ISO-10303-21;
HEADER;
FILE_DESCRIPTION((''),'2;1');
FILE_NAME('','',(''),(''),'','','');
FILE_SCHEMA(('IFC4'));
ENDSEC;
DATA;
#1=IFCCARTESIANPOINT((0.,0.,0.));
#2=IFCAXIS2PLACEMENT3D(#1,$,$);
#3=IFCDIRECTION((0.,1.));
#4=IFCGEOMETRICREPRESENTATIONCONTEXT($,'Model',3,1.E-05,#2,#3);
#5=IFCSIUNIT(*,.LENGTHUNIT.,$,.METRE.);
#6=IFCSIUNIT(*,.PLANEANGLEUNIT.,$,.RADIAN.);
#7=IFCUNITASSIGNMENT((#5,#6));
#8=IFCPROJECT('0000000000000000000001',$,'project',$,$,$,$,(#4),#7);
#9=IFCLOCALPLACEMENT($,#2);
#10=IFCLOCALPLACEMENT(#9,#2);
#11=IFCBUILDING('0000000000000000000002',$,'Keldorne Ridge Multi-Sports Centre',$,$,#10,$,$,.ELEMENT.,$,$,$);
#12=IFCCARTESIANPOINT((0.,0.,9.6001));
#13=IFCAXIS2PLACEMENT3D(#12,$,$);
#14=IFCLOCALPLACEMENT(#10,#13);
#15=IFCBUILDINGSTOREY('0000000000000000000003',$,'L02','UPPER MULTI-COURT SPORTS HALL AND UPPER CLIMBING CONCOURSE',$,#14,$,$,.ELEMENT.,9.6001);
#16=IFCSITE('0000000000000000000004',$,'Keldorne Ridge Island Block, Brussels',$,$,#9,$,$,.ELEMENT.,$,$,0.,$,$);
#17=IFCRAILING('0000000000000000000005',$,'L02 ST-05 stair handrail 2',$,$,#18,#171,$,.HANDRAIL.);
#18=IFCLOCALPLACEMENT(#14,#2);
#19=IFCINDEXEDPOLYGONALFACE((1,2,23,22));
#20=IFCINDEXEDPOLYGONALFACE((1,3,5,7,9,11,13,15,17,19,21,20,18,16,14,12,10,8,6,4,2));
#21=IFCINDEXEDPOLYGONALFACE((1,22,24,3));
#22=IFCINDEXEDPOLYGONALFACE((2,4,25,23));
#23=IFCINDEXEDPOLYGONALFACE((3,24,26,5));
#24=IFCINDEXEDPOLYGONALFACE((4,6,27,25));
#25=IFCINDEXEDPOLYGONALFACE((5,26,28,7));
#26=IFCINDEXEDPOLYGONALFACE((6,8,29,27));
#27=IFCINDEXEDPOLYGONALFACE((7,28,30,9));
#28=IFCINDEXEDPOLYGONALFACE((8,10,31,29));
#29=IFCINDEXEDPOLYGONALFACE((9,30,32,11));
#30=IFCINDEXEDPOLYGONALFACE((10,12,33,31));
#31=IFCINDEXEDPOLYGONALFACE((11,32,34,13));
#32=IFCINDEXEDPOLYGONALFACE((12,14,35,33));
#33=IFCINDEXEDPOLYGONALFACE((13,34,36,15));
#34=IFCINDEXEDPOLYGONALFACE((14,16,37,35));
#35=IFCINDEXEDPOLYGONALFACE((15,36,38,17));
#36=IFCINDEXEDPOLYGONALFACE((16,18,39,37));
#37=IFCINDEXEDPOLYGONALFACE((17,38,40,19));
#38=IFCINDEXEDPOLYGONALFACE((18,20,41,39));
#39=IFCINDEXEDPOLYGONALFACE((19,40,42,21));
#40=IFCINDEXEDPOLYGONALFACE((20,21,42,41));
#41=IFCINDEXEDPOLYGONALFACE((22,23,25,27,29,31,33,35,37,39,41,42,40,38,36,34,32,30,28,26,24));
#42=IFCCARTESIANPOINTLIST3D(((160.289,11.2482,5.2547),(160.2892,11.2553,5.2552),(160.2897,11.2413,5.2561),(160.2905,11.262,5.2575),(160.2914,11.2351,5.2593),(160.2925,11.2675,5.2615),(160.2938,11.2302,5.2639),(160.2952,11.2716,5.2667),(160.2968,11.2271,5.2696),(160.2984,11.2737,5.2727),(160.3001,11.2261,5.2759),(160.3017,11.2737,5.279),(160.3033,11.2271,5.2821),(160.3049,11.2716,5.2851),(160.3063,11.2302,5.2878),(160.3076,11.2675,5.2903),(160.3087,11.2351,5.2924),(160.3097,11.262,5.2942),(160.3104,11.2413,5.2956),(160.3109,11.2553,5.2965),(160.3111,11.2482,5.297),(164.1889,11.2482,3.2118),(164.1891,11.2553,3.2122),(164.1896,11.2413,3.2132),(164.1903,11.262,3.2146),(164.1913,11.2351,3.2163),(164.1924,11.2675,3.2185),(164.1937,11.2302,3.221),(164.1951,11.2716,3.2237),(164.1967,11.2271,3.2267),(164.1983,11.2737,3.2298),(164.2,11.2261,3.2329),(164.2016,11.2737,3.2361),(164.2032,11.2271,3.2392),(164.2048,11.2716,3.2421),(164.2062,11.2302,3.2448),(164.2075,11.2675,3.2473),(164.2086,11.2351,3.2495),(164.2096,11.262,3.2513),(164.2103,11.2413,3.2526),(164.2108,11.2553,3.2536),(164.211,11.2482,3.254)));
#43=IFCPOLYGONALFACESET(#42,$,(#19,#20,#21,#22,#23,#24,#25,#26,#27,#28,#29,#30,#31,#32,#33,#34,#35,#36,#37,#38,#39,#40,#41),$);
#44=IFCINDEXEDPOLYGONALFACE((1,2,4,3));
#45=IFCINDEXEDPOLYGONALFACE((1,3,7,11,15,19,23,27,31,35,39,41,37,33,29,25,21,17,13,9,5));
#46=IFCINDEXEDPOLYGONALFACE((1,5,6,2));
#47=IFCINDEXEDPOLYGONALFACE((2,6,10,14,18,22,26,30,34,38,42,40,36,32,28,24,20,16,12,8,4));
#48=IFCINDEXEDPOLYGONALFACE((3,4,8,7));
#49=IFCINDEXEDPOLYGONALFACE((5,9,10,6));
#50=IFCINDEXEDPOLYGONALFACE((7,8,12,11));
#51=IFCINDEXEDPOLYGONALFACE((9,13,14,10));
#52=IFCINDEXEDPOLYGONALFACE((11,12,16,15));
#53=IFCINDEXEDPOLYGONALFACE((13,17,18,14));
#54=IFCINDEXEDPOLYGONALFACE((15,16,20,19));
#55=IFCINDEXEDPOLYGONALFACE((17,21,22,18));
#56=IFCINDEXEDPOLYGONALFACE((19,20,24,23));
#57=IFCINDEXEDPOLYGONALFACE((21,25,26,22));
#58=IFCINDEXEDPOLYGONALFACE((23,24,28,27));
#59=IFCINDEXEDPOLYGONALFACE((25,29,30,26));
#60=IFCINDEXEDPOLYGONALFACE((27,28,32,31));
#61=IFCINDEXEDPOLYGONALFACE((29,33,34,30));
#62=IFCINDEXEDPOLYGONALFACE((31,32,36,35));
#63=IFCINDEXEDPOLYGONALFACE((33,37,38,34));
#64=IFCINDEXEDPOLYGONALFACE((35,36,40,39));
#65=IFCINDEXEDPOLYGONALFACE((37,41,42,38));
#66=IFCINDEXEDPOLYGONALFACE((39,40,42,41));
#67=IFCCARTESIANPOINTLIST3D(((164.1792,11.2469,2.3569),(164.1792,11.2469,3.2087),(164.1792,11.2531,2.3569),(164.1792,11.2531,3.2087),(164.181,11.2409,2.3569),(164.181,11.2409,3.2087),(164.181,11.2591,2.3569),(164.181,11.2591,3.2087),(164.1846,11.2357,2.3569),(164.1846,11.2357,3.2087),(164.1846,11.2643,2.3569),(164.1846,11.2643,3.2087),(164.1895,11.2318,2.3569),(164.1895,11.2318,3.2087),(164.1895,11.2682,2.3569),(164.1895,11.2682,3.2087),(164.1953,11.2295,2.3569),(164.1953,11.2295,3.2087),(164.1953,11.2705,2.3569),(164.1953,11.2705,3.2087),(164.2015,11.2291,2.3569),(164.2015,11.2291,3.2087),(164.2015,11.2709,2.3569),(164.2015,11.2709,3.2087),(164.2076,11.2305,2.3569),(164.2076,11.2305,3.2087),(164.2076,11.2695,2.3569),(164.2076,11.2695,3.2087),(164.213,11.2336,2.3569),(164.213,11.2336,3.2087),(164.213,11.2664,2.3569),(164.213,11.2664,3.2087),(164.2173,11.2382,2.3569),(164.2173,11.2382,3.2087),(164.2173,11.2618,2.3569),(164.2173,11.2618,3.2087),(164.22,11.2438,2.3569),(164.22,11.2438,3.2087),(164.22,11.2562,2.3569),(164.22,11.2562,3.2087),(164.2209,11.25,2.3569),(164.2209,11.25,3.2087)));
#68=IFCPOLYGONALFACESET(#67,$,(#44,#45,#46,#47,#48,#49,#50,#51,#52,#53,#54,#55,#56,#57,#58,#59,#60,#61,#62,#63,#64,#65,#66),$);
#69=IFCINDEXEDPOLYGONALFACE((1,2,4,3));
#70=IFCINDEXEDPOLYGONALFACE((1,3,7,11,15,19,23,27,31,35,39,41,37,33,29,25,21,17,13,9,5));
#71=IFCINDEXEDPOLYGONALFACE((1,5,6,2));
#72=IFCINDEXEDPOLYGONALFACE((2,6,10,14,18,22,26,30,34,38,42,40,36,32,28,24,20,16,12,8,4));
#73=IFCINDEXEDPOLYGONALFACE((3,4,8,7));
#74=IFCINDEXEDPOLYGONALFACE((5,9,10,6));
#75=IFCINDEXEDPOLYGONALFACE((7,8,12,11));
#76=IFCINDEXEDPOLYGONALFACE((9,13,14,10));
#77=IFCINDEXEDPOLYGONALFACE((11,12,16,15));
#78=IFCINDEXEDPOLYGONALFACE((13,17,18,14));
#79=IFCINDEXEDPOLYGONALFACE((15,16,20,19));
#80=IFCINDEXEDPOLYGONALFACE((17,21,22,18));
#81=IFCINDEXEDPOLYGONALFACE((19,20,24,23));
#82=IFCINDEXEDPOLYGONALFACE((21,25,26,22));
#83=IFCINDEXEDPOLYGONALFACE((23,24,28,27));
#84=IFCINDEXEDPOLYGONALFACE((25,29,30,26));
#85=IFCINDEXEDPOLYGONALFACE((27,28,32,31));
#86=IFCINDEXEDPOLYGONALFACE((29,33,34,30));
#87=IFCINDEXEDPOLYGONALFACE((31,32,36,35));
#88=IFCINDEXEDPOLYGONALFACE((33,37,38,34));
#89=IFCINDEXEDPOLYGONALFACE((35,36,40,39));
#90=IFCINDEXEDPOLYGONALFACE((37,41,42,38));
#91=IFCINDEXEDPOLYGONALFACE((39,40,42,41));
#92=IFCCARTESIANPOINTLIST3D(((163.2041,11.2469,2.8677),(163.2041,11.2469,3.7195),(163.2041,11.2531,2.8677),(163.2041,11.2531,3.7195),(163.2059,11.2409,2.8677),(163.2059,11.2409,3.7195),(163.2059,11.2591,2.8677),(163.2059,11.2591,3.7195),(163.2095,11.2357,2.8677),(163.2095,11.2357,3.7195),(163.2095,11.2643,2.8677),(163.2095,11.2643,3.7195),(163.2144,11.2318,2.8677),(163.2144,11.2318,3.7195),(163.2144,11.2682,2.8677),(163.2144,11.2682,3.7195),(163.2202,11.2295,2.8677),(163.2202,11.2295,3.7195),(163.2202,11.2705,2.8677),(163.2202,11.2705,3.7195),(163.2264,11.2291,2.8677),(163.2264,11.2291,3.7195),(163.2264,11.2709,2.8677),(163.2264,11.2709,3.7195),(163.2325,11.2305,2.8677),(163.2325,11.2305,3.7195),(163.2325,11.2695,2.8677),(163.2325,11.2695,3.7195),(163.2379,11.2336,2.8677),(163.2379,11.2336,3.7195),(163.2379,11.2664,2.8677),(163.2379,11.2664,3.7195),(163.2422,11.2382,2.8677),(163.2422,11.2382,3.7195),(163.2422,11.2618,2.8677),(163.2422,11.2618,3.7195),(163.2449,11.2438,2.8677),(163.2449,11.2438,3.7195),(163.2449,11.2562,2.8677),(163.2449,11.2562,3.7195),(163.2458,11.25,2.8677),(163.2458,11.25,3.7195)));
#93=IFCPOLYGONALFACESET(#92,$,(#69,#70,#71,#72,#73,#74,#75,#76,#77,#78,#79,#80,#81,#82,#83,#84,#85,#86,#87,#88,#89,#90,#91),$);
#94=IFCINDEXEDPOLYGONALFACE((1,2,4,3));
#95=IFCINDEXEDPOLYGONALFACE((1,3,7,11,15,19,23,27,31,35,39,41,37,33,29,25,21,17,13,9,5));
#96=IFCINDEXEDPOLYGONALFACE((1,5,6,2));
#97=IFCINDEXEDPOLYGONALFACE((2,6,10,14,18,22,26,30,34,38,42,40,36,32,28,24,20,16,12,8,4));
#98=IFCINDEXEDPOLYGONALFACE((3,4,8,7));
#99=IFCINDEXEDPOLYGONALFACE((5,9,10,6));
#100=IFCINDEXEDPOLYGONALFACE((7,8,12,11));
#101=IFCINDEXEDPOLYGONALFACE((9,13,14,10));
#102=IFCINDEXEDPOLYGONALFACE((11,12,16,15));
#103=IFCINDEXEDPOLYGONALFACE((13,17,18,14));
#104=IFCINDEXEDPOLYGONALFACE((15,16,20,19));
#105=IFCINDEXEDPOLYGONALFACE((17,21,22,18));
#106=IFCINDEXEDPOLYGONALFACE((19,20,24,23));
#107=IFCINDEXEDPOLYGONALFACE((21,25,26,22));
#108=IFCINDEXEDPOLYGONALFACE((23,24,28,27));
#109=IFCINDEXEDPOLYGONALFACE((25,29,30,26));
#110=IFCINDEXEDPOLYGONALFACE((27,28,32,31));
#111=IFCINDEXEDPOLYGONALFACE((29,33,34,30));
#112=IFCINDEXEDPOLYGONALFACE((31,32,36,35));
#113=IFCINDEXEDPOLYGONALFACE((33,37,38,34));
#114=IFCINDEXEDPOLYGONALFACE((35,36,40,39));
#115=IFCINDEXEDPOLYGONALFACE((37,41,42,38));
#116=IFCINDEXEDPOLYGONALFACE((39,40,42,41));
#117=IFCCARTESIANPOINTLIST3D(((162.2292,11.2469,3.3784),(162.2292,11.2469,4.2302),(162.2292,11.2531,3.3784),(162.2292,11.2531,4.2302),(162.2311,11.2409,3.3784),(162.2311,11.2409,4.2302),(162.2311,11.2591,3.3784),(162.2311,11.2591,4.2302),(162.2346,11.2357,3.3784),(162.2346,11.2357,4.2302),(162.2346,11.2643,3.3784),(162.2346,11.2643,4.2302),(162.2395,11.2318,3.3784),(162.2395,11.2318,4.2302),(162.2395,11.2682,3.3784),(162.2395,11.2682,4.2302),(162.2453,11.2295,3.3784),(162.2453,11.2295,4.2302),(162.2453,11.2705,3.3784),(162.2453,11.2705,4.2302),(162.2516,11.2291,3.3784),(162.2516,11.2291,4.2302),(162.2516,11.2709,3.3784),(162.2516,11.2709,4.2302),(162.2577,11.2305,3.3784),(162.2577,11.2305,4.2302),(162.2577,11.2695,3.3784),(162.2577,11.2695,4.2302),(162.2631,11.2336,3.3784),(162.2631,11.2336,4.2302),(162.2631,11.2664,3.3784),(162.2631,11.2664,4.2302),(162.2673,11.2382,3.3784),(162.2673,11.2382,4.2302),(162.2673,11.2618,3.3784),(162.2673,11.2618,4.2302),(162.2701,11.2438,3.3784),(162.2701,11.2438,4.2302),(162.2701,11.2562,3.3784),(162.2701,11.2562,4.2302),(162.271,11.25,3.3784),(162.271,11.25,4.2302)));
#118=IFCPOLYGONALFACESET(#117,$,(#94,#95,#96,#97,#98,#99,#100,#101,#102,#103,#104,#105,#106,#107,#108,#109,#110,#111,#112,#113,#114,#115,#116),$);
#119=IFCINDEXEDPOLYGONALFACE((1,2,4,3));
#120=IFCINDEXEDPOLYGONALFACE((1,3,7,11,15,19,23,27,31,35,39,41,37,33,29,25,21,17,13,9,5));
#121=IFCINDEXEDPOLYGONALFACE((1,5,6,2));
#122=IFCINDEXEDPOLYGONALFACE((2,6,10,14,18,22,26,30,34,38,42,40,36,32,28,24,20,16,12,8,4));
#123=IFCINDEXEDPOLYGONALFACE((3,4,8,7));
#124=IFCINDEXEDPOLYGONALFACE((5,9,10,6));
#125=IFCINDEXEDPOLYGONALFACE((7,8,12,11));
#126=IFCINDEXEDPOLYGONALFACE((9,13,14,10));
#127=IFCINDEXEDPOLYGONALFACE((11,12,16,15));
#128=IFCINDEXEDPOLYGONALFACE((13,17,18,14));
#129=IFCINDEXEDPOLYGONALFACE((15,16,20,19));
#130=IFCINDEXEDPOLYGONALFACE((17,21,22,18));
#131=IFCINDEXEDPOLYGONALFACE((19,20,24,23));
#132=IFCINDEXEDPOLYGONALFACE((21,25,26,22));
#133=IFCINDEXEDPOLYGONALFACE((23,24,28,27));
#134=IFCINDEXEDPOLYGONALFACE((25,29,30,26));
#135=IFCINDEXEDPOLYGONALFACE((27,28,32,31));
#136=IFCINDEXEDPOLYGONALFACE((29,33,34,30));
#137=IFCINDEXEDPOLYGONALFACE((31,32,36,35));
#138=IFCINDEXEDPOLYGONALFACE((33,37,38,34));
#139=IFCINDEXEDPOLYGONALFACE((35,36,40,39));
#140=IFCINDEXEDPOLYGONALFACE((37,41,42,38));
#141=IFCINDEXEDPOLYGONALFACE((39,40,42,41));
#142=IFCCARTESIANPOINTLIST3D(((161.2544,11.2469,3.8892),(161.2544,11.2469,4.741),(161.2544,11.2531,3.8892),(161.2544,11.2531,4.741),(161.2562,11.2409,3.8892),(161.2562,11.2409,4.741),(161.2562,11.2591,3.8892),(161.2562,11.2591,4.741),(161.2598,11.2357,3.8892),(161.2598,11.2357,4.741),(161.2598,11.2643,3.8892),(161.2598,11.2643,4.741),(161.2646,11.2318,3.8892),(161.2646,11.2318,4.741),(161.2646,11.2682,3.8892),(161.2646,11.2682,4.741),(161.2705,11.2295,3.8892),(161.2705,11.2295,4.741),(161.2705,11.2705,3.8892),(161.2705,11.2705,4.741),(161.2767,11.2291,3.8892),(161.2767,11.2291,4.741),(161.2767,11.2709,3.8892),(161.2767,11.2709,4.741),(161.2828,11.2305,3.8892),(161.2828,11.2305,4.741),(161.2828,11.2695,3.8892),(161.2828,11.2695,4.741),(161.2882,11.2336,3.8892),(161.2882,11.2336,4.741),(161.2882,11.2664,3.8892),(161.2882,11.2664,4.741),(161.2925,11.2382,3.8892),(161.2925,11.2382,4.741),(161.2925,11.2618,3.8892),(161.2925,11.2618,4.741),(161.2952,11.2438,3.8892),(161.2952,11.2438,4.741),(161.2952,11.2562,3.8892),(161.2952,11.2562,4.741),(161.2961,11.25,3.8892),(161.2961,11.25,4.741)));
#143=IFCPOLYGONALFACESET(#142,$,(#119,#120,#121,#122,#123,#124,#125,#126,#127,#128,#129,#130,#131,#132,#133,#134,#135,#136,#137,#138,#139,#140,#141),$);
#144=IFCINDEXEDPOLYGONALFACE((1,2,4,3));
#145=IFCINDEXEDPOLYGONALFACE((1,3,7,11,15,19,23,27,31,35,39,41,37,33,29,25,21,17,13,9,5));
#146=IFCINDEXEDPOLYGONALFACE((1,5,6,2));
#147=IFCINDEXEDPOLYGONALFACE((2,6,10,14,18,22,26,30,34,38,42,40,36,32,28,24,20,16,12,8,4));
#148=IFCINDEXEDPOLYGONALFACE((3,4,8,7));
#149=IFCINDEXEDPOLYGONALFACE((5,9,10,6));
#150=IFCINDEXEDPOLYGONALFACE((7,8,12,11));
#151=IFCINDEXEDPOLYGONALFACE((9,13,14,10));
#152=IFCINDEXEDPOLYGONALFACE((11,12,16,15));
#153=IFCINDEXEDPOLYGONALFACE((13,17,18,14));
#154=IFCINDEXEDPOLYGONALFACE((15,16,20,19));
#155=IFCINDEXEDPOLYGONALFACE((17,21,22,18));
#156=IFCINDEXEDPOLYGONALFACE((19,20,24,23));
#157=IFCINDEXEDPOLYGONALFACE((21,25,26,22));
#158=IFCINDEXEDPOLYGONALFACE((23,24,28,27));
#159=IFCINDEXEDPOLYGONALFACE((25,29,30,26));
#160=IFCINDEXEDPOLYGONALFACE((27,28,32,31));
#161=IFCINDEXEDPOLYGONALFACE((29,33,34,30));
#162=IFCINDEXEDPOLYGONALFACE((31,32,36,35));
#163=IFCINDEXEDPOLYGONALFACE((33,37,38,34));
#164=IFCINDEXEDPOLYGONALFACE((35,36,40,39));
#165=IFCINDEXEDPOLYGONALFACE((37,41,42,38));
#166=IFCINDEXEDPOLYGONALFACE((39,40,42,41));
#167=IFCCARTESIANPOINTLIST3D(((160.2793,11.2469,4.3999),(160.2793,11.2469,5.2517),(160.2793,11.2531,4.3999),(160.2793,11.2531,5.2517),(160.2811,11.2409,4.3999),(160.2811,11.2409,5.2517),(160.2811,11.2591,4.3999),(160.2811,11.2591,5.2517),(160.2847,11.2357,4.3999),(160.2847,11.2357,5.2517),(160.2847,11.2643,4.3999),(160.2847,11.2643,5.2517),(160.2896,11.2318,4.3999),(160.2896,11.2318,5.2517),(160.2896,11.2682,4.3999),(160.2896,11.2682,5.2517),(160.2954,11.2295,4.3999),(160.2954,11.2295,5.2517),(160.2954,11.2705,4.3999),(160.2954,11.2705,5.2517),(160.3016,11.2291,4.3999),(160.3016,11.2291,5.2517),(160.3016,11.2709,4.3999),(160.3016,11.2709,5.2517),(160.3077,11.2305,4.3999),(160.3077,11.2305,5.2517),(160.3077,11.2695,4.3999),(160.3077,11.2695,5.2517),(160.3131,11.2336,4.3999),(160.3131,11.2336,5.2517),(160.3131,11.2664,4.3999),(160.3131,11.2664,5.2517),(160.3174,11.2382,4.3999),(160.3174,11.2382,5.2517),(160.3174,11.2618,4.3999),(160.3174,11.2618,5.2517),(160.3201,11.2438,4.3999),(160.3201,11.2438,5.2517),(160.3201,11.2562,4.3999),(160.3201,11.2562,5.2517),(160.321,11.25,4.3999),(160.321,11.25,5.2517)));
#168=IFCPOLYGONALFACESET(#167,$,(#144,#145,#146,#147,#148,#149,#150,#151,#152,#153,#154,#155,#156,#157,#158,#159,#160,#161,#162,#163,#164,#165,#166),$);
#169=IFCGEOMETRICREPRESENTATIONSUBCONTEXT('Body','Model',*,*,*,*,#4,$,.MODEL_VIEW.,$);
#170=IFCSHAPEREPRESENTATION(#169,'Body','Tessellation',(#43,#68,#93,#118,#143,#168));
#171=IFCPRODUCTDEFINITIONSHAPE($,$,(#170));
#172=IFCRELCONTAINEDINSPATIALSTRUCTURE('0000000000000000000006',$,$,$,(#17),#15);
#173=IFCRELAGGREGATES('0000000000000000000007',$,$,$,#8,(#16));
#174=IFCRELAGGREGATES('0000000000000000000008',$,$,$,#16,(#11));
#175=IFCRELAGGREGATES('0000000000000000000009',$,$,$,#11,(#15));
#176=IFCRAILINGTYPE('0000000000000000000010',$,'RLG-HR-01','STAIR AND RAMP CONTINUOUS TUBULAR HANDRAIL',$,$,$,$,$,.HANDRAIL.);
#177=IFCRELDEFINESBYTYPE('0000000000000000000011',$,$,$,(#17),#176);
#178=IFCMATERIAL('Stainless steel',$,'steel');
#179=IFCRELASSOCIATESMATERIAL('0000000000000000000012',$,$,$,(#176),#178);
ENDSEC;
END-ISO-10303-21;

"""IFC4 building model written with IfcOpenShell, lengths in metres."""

from ifc_helpers import new_model, si_unit, direction, frame, origin, origin_2d, place, context, subcontext, project, spatial, circle, extrude, material, type_object, element, save


model = new_model("IFC4")

# Units and contexts
model_context = context("Model", 3, precision=1e-05, world=origin(), true_north=direction((0.0, 1.0)))
body_context = subcontext(model_context, "Body", "Model", "MODEL_VIEW")
ifc_project = project(units=[si_unit("LENGTHUNIT", "METRE"), si_unit("PLANEANGLEUNIT", "RADIAN")], contexts=[model_context])

# Site, building, storey
site_placement = place(None, origin())
site = spatial("IfcSite", under=ifc_project, at=site_placement, Name="Keldorne Ridge Island Block, Brussels", CompositionType="ELEMENT", RefElevation=0.0)
building_placement = place(site_placement, origin())
building = spatial("IfcBuilding", under=site, at=building_placement, Name="Keldorne Ridge Multi-Sports Centre", CompositionType="ELEMENT")
storey_placement = place(building_placement, frame((0.0, 0.0, 9.6001)))
storey = spatial("IfcBuildingStorey", under=building, at=storey_placement, Name="L02", Description="UPPER MULTI-COURT SPORTS HALL AND UPPER CLIMBING CONCOURSE", CompositionType="ELEMENT", Elevation=9.6001)

# Railing
ifc_material_1 = material(Name="Stainless steel", Category="steel")
railing_type_1 = type_object("IfcRailingType", Name="RLG-HR-01", Description="STAIR AND RAMP CONTINUOUS TUBULAR HANDRAIL", PredefinedType="HANDRAIL", material=ifc_material_1)
railing_1_placement = place(storey_placement, frame((164.2, 11.25, 2.3569)))
element("IfcRailing", 1, at=railing_1_placement, inside=storey, type_object=railing_type_1, Name="L02 ST-05 stair handrail 2", PredefinedType="HANDRAIL", context=body_context, shape_type="SweptSolid", body=[
    extrude(circle(Radius=0.0239, at=origin_2d()), frame((0.0, 0.0, 0.876), z_axis=(-0.885816, 0.0, 0.464036), x_axis=(0.0, -1.0, 0.0)), (0.0, 0.0, 1.0), 4.4026),
    extrude(circle(Radius=0.021, at=origin_2d()), origin(), (0.0, 0.0, 1.0), 0.8518),
    extrude(circle(Radius=0.021, at=origin_2d()), frame((-0.9751, 0.0, 0.5107)), (0.0, 0.0, 1.0), 0.8518),
    extrude(circle(Radius=0.021, at=origin_2d()), frame((-1.95, 0.0, 1.0215)), (0.0, 0.0, 1.0), 0.8518),
    extrude(circle(Radius=0.021, at=origin_2d()), frame((-2.9248, 0.0, 1.5322)), (0.0, 0.0, 1.0), 0.8518),
    extrude(circle(Radius=0.021, at=origin_2d()), frame((-3.8999, 0.0, 2.043)), (0.0, 0.0, 1.0), 0.8518),
])

save(model, "model.ifc")
